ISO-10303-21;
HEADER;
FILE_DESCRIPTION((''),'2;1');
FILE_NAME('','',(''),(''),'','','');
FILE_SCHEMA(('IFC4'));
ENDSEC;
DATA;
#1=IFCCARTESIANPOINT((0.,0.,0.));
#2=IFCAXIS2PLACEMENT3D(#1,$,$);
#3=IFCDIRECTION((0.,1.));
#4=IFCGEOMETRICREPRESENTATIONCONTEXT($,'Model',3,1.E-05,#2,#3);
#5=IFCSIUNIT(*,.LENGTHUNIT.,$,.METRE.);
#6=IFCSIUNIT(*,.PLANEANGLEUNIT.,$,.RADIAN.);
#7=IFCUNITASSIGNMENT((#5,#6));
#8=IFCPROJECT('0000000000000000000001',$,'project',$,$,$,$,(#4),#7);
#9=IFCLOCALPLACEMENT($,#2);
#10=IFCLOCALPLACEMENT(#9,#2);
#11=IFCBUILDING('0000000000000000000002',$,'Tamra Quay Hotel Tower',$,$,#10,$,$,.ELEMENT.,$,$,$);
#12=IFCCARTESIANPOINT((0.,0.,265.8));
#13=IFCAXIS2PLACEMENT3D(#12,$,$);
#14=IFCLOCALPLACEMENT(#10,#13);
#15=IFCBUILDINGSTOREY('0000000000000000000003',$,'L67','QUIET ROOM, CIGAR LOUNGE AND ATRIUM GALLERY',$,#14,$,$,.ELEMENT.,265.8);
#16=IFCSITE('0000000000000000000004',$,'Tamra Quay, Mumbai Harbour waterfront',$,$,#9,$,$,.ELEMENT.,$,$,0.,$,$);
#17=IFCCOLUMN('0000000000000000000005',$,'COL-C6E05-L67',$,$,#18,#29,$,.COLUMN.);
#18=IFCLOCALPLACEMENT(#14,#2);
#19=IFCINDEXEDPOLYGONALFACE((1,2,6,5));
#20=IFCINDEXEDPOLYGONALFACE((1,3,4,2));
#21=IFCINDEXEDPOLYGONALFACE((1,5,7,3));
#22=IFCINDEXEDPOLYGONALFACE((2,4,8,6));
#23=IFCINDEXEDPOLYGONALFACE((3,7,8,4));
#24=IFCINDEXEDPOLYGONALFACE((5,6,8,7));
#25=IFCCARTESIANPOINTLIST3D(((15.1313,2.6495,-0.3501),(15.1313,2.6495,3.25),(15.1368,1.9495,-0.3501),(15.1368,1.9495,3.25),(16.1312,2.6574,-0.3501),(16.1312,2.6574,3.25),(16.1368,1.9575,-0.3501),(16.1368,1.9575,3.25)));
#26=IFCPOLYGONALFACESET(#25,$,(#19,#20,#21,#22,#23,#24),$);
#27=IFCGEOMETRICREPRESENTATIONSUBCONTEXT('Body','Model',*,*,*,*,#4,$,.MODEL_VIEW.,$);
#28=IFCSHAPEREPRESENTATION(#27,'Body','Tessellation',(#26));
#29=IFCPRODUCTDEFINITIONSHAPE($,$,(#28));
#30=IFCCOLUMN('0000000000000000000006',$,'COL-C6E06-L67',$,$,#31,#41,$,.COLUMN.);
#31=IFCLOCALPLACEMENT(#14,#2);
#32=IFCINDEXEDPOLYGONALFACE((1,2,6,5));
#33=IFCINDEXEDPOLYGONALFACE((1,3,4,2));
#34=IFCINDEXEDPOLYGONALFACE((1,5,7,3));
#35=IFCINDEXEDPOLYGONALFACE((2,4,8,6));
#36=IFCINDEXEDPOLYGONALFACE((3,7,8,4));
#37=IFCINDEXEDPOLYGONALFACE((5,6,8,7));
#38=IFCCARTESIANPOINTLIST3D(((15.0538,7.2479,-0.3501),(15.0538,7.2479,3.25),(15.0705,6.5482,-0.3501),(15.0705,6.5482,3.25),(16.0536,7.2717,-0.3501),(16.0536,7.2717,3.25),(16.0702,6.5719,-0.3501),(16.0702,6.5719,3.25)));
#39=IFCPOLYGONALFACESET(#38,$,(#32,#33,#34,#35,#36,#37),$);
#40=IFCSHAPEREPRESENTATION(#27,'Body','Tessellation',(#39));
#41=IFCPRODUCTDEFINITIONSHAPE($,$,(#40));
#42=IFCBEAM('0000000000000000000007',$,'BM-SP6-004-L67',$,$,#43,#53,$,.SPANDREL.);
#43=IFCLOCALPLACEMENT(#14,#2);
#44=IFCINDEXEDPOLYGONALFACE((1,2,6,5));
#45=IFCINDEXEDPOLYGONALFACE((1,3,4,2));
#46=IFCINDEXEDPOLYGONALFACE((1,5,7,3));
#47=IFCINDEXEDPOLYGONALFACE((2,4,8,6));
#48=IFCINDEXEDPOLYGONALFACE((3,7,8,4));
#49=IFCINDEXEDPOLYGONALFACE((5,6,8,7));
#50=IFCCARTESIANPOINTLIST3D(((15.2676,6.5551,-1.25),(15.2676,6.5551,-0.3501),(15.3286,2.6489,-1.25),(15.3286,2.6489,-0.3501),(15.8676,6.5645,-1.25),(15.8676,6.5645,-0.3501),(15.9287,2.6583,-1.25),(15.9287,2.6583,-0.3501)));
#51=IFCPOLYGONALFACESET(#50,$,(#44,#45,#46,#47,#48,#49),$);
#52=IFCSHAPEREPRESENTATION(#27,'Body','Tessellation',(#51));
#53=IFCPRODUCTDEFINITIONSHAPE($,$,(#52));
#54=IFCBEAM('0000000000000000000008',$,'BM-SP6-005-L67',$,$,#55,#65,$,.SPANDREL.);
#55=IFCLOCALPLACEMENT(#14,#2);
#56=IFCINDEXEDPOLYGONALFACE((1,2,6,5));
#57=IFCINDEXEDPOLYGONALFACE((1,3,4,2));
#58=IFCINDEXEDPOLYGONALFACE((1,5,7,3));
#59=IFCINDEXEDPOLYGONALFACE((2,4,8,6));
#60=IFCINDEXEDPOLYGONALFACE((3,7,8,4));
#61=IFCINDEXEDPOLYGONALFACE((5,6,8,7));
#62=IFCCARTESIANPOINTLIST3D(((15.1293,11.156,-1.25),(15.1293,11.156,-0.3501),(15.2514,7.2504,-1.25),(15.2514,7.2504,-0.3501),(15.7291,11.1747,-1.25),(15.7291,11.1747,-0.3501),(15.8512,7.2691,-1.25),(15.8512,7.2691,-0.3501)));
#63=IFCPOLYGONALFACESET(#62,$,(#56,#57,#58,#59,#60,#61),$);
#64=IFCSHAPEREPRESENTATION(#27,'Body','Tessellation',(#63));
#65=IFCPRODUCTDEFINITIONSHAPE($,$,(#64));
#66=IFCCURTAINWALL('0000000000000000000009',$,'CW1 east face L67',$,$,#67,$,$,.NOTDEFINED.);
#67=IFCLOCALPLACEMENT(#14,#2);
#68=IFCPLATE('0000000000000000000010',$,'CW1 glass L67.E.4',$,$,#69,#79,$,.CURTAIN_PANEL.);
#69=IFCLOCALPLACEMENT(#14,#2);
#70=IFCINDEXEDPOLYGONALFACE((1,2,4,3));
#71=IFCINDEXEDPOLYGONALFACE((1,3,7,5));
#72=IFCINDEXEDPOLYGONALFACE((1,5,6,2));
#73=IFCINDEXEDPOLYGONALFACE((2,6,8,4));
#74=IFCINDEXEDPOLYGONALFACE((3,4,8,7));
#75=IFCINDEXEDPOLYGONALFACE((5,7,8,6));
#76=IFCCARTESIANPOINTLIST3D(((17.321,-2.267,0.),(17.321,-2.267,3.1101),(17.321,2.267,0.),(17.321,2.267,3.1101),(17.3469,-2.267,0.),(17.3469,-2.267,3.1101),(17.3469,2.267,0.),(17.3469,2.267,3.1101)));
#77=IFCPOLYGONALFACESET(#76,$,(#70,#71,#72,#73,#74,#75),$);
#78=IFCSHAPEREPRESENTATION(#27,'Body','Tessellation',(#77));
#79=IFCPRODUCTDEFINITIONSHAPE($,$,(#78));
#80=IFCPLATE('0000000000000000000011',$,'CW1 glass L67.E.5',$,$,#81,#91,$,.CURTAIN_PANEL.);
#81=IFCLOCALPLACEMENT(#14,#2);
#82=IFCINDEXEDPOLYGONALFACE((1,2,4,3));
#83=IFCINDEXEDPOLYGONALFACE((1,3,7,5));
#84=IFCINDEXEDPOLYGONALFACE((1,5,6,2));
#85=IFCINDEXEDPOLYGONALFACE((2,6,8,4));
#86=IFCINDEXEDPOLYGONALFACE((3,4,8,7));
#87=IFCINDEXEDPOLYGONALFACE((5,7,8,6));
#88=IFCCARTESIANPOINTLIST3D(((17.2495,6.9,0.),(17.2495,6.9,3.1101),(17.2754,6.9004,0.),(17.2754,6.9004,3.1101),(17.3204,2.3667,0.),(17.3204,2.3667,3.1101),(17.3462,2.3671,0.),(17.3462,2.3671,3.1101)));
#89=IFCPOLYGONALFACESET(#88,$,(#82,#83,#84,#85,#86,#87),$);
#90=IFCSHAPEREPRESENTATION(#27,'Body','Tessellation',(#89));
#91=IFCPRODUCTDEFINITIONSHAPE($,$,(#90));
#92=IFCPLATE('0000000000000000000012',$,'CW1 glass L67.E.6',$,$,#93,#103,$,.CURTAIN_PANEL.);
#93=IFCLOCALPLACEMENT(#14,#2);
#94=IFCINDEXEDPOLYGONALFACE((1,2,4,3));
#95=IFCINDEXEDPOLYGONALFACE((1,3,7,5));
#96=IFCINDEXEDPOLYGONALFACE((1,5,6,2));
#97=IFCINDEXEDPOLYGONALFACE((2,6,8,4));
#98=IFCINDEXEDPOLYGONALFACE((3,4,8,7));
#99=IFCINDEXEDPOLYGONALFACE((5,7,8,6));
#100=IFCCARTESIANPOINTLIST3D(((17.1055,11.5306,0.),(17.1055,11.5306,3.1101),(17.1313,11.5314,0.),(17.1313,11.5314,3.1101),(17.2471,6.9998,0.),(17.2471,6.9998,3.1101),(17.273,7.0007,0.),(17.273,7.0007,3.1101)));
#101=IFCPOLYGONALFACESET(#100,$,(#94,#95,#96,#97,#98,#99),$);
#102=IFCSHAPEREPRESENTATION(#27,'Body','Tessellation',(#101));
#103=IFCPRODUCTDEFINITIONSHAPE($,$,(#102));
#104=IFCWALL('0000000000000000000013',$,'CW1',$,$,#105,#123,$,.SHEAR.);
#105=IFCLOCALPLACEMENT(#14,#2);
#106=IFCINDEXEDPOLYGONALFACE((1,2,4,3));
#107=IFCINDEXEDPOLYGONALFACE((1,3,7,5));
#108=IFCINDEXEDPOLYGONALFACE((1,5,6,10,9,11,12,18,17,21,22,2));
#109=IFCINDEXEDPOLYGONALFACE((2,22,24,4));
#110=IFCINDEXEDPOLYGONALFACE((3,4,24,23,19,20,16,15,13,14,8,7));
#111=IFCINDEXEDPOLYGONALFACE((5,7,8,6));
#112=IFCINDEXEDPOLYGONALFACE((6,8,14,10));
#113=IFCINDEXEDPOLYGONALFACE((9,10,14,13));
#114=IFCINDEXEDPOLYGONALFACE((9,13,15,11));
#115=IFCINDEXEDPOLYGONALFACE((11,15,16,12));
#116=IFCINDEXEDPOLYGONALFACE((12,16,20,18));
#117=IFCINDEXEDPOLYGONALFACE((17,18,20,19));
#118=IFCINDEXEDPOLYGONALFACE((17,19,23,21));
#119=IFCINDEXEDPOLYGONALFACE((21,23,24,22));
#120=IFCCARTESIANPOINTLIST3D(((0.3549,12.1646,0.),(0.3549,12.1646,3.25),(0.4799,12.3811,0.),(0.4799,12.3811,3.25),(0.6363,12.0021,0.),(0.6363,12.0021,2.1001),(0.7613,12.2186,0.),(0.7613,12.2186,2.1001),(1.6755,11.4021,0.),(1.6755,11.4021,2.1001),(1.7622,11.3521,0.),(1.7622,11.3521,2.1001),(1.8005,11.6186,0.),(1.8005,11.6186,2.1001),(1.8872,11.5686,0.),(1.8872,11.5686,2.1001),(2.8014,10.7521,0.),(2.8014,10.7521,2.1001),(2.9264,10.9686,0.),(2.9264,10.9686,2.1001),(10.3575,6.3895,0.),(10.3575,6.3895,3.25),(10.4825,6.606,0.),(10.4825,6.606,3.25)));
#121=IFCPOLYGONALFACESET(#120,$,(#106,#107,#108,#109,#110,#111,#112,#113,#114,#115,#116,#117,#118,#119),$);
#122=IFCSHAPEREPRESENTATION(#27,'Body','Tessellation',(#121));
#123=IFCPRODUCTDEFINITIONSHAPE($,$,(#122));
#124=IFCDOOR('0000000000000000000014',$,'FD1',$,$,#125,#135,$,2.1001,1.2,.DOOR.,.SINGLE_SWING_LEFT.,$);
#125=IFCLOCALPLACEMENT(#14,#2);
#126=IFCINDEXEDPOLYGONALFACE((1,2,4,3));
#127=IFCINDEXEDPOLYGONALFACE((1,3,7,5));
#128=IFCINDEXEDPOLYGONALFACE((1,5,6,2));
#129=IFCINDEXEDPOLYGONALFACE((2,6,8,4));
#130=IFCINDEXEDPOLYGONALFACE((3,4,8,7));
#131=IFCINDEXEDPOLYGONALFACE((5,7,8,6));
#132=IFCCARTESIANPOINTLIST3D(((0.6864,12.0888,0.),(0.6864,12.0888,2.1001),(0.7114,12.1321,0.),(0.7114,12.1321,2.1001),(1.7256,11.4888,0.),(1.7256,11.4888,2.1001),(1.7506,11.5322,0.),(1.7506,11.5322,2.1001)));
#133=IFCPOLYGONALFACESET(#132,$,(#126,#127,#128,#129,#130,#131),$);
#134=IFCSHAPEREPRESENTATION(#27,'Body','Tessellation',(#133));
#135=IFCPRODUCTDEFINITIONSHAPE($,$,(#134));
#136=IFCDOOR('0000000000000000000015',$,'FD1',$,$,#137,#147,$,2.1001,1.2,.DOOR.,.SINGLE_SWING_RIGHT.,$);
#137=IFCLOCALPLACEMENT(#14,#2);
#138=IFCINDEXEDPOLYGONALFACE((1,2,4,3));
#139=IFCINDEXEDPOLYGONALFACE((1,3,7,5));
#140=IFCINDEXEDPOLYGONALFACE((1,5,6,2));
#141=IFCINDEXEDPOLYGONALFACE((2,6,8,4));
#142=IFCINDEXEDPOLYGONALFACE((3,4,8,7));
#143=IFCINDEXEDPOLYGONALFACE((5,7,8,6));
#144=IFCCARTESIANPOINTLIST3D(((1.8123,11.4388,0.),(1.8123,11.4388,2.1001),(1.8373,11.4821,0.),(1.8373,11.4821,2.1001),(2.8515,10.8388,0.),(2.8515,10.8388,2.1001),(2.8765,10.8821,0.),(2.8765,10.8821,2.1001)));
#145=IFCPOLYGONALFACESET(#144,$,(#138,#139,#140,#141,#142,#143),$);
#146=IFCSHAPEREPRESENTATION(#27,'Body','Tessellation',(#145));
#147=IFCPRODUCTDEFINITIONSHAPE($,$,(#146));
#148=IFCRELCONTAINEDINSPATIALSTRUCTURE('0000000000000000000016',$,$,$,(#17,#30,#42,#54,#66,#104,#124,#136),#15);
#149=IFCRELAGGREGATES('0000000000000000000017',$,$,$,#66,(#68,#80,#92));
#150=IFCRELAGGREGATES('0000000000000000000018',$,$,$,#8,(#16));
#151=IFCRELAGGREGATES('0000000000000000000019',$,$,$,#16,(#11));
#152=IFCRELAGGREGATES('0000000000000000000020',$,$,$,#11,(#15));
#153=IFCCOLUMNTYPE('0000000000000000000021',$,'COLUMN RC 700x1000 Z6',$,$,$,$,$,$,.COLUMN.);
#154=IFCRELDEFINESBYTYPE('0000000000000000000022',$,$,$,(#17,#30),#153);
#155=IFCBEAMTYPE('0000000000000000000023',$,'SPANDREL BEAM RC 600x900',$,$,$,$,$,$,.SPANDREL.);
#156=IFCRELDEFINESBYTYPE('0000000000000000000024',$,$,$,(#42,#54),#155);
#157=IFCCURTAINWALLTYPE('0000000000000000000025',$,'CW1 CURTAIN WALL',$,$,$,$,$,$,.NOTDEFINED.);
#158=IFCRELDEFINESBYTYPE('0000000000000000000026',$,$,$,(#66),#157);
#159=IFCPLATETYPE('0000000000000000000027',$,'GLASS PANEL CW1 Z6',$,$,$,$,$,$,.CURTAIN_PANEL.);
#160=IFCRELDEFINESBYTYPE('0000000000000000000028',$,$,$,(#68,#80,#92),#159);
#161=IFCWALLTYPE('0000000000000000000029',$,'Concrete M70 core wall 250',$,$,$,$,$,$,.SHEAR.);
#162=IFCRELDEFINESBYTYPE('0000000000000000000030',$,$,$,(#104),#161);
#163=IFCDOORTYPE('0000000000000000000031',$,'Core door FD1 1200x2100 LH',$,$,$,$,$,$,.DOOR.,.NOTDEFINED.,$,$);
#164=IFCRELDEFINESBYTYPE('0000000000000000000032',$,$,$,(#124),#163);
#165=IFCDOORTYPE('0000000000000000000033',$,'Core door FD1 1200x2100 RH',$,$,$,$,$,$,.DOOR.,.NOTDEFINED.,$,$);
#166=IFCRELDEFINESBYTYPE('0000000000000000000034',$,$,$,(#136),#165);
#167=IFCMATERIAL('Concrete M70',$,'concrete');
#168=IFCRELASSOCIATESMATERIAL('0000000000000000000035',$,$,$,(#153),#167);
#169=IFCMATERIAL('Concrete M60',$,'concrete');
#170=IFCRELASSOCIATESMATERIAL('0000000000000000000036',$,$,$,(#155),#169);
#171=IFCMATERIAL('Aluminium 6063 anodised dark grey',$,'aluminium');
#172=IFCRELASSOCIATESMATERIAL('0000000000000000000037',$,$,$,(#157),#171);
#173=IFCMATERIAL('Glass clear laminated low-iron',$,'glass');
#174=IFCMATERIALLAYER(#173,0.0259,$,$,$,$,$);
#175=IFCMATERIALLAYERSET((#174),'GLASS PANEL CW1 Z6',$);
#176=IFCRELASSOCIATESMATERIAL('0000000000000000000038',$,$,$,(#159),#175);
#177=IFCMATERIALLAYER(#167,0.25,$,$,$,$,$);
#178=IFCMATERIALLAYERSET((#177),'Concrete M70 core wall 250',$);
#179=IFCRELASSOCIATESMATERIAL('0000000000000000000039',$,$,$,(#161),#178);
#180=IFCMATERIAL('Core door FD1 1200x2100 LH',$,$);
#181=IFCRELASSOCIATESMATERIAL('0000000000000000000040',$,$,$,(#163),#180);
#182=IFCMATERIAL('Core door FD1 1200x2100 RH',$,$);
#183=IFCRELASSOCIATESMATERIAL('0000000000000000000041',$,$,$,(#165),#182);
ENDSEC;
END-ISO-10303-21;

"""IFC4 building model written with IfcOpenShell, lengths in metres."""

from ifc_helpers import new_model, si_unit, direction, frame, frame_2d, origin, origin_2d, place, context, subcontext, project, spatial, rectangle, extrude, material, layer, layer_set, material_profile, profile_set, type_object, element, fill, aggregate, save


model = new_model("IFC4")

# Units and contexts
model_context = context("Model", 3, precision=1e-05, world=origin(), true_north=direction((0.0, 1.0)))
body_context = subcontext(model_context, "Body", "Model", "MODEL_VIEW")
ifc_project = project(units=[si_unit("LENGTHUNIT", "METRE"), si_unit("PLANEANGLEUNIT", "RADIAN")], contexts=[model_context])

# Site, building, storey
site_placement = place(None, origin())
site = spatial("IfcSite", under=ifc_project, at=site_placement, Name="Tamra Quay, Mumbai Harbour waterfront", CompositionType="ELEMENT", RefElevation=0.0)
building_placement = place(site_placement, origin())
building = spatial("IfcBuilding", under=site, at=building_placement, Name="Tamra Quay Hotel Tower", CompositionType="ELEMENT")
storey_placement = place(building_placement, frame((0.0, 0.0, 265.8)))
storey = spatial("IfcBuildingStorey", under=building, at=storey_placement, Name="L67", Description="QUIET ROOM, CIGAR LOUNGE AND ATRIUM GALLERY", CompositionType="ELEMENT", Elevation=265.8)

# Columns
ifc_material_1 = material(Name="Concrete M70", Category="concrete")
ifc_material_profile_1 = material_profile(ifc_material_1, rectangle(XDim=1.0, YDim=0.7, at=origin_2d()), Name="COLUMN RC 700x1000 Z6")
ifc_profile_set_1 = profile_set([ifc_material_profile_1], Name="Concrete M70")
column_type = type_object("IfcColumnType", Name="COLUMN RC 700x1000 Z6", PredefinedType="COLUMN", material=ifc_profile_set_1)
for number, where, z_axis, x_axis, name in (
    (1, (15.634, 2.3035, -0.3501), (0.0, 0.0, 1.0), (0.999969, 0.00792, 0.0), "COL-C6E05-L67"),
    (2, (15.562, 6.9099, -0.3501), (0.0, 0.0, 1.0), (0.999718, 0.023753, 0.0), "COL-C6E06-L67"),
):
    element("IfcColumn", number, at=place(storey_placement, frame(where, z_axis=z_axis, x_axis=x_axis)), inside=storey, type_object=column_type, Name=name, PredefinedType="COLUMN", context=body_context, shape_type="SweptSolid", body=[
        extrude(rectangle(XDim=1.0, YDim=0.7, at=origin_2d()), origin(), (0.0, 0.0, 1.0), 3.6001),
    ])

# Beams
ifc_material_2 = material(Name="Concrete M60", Category="concrete")
ifc_material_profile_2 = material_profile(ifc_material_2, rectangle(XDim=0.6001, YDim=0.8999, at=origin_2d()), Name="SPANDREL BEAM RC 600x900")
ifc_profile_set_2 = profile_set([ifc_material_profile_2], Name="Concrete M60")
beam_type = type_object("IfcBeamType", Name="SPANDREL BEAM RC 600x900", PredefinedType="SPANDREL", material=ifc_profile_set_2)
beam_1_placement = place(storey_placement, frame((15.6287, 2.6536, -0.8), z_axis=(-0.015623, 0.999878, 0.0), x_axis=(-0.999878, -0.015623, 0.0)))
element("IfcBeam", 3, at=beam_1_placement, inside=storey, type_object=beam_type, Name="BM-SP6-004-L67", PredefinedType="SPANDREL", context=body_context, shape_type="SweptSolid", body=[
    extrude(rectangle(XDim=0.6001, YDim=0.8999, at=origin_2d()), origin(), (0.0, 0.0, 1.0), 3.9067),
])
beam_2_placement = place(storey_placement, frame((15.5513, 7.2598, -0.8), z_axis=(-0.031241, 0.999512, 0.0), x_axis=(-0.999512, -0.031241, 0.0)))
element("IfcBeam", 4, at=beam_2_placement, inside=storey, type_object=beam_type, Name="BM-SP6-005-L67", PredefinedType="SPANDREL", context=body_context, shape_type="SweptSolid", body=[
    extrude(rectangle(XDim=0.6001, YDim=0.8999, at=origin_2d()), origin(), (0.0, 0.0, 1.0), 3.9075),
])

# Curtain wall, plates
ifc_material_3 = material(Name="Aluminium 6063 anodised dark grey", Category="aluminium")
curtain_wall_type = type_object("IfcCurtainWallType", Name="CW1 CURTAIN WALL", PredefinedType="NOTDEFINED", material=ifc_material_3)
curtain_wall_placement = place(storey_placement, origin())
curtain_wall = element("IfcCurtainWall", 5, at=curtain_wall_placement, inside=storey, type_object=curtain_wall_type, Name="CW1 east face L67", PredefinedType="NOTDEFINED")
ifc_material_4 = material(Name="Glass clear laminated low-iron", Category="glass")
ifc_layer_1 = layer(ifc_material_4, 0.0259)
ifc_layer_set_1 = layer_set([ifc_layer_1], Name="GLASS PANEL CW1 Z6")
plate_type = type_object("IfcPlateType", Name="GLASS PANEL CW1 Z6", PredefinedType="CURTAIN_PANEL", material=ifc_layer_set_1)
plate_1_placement = place(storey_placement, frame((17.334, 0.0, 0.0), z_axis=(0.0, 0.0, 1.0), x_axis=(0.0, 1.0, 0.0)))
plate_1 = element("IfcPlate", 6, at=plate_1_placement, type_object=plate_type, Name="CW1 glass L67.E.4", PredefinedType="CURTAIN_PANEL", context=body_context, shape_type="SweptSolid", body=[
    extrude(rectangle(XDim=4.5339, YDim=0.0259, at=origin_2d()), origin(), (0.0, 0.0, 1.0), 3.1101),
])
plate_2_placement = place(storey_placement, frame((17.2979, 4.6335, 0.0), z_axis=(0.0, 0.0, 1.0), x_axis=(-0.015632, 0.999878, 0.0)))
plate_2 = element("IfcPlate", 7, at=plate_2_placement, type_object=plate_type, Name="CW1 glass L67.E.5", PredefinedType="CURTAIN_PANEL", context=body_context, shape_type="SweptSolid", body=[
    extrude(rectangle(XDim=4.5339, YDim=0.0259, at=origin_2d()), origin(), (0.0, 0.0, 1.0), 3.1101),
])
plate_3_placement = place(storey_placement, frame((17.1892, 9.2656, 0.0), z_axis=(0.0, 0.0, 1.0), x_axis=(-0.031242, 0.999512, 0.0)))
plate_3 = element("IfcPlate", 8, at=plate_3_placement, type_object=plate_type, Name="CW1 glass L67.E.6", PredefinedType="CURTAIN_PANEL", context=body_context, shape_type="SweptSolid", body=[
    extrude(rectangle(XDim=4.533, YDim=0.0259, at=origin_2d()), origin(), (0.0, 0.0, 1.0), 3.1101),
])
aggregate(curtain_wall, [plate_1, plate_2, plate_3])

# Wall, openings, doors
ifc_layer_2 = layer(ifc_material_1, 0.25)
ifc_layer_set_2 = layer_set([ifc_layer_2], Name="Concrete M70 core wall 250")
wall_type_1 = type_object("IfcWallType", Name="Concrete M70 core wall 250", PredefinedType="SHEAR", material=ifc_layer_set_2)
wall_1_placement = place(storey_placement, frame((10.4199, 6.4978, 0.0), z_axis=(0.0, 0.0, 1.0), x_axis=(-0.866022, 0.500006, 0.0)))
wall_1 = element("IfcWall", 9, at=wall_1_placement, inside=storey, type_object=wall_type_1, Name="CW1", PredefinedType="SHEAR", context=body_context, shape_type="SweptSolid", body=[
    extrude(rectangle(XDim=11.55, YDim=0.25, at=frame_2d((5.7749, 0.0))), origin(), (0.0, 0.0, 1.0), 3.25),
])
opening_1_placement = place(wall_1_placement, frame((10.0249, 0.0, 0.0)))
opening_1 = element("IfcOpeningElement", 10, at=opening_1_placement, cuts=wall_1, PredefinedType="OPENING", context=body_context, shape_type="SweptSolid", body=[
    extrude(rectangle(XDim=1.2, YDim=2.1001, at=frame_2d((0.6001, 1.05))), frame((0.0, 0.135, 0.0), z_axis=(0.0, -1.0, 0.0), x_axis=(1.0, 0.0, 0.0)), (0.0, 0.0, 1.0), 0.27),
])
opening_2_placement = place(wall_1_placement, frame((8.7249, 0.0, 0.0)))
opening_2 = element("IfcOpeningElement", 11, at=opening_2_placement, cuts=wall_1, PredefinedType="OPENING", context=body_context, shape_type="SweptSolid", body=[
    extrude(rectangle(XDim=1.2, YDim=2.1001, at=frame_2d((0.6001, 1.05))), frame((0.0, 0.135, 0.0), z_axis=(0.0, -1.0, 0.0), x_axis=(1.0, 0.0, 0.0)), (0.0, 0.0, 1.0), 0.27),
])
ifc_material_5 = material(Name="Core door FD1 1200x2100 LH")
door_type_1 = type_object("IfcDoorType", Name="Core door FD1 1200x2100 LH", OperationType="NOTDEFINED", PredefinedType="DOOR", material=ifc_material_5)
door_1_placement = place(opening_1_placement, origin())
door_1 = element("IfcDoor", 12, at=door_1_placement, inside=storey, type_object=door_type_1, Name="FD1", OperationType="SINGLE_SWING_LEFT", OverallHeight=2.1001, OverallWidth=1.2, PredefinedType="DOOR", context=body_context, shape_type="SweptSolid", body=[
    extrude(rectangle(XDim=1.2, YDim=2.1001, at=frame_2d((0.6001, 1.05))), frame((0.0, 0.0249, 0.0), z_axis=(0.0, -1.0, 0.0), x_axis=(1.0, 0.0, 0.0)), (0.0, 0.0, 1.0), 0.05),
])
fill(opening_1, door_1)
ifc_material_6 = material(Name="Core door FD1 1200x2100 RH")
door_type_2 = type_object("IfcDoorType", Name="Core door FD1 1200x2100 RH", OperationType="NOTDEFINED", PredefinedType="DOOR", material=ifc_material_6)
door_2_placement = place(opening_2_placement, origin())
door_2 = element("IfcDoor", 13, at=door_2_placement, inside=storey, type_object=door_type_2, Name="FD1", OperationType="SINGLE_SWING_RIGHT", OverallHeight=2.1001, OverallWidth=1.2, PredefinedType="DOOR", context=body_context, shape_type="SweptSolid", body=[
    extrude(rectangle(XDim=1.2, YDim=2.1001, at=frame_2d((0.6001, 1.05))), frame((0.0, 0.0249, 0.0), z_axis=(0.0, -1.0, 0.0), x_axis=(1.0, 0.0, 0.0)), (0.0, 0.0, 1.0), 0.05),
])
fill(opening_2, door_2)

save(model, "model.ifc")
